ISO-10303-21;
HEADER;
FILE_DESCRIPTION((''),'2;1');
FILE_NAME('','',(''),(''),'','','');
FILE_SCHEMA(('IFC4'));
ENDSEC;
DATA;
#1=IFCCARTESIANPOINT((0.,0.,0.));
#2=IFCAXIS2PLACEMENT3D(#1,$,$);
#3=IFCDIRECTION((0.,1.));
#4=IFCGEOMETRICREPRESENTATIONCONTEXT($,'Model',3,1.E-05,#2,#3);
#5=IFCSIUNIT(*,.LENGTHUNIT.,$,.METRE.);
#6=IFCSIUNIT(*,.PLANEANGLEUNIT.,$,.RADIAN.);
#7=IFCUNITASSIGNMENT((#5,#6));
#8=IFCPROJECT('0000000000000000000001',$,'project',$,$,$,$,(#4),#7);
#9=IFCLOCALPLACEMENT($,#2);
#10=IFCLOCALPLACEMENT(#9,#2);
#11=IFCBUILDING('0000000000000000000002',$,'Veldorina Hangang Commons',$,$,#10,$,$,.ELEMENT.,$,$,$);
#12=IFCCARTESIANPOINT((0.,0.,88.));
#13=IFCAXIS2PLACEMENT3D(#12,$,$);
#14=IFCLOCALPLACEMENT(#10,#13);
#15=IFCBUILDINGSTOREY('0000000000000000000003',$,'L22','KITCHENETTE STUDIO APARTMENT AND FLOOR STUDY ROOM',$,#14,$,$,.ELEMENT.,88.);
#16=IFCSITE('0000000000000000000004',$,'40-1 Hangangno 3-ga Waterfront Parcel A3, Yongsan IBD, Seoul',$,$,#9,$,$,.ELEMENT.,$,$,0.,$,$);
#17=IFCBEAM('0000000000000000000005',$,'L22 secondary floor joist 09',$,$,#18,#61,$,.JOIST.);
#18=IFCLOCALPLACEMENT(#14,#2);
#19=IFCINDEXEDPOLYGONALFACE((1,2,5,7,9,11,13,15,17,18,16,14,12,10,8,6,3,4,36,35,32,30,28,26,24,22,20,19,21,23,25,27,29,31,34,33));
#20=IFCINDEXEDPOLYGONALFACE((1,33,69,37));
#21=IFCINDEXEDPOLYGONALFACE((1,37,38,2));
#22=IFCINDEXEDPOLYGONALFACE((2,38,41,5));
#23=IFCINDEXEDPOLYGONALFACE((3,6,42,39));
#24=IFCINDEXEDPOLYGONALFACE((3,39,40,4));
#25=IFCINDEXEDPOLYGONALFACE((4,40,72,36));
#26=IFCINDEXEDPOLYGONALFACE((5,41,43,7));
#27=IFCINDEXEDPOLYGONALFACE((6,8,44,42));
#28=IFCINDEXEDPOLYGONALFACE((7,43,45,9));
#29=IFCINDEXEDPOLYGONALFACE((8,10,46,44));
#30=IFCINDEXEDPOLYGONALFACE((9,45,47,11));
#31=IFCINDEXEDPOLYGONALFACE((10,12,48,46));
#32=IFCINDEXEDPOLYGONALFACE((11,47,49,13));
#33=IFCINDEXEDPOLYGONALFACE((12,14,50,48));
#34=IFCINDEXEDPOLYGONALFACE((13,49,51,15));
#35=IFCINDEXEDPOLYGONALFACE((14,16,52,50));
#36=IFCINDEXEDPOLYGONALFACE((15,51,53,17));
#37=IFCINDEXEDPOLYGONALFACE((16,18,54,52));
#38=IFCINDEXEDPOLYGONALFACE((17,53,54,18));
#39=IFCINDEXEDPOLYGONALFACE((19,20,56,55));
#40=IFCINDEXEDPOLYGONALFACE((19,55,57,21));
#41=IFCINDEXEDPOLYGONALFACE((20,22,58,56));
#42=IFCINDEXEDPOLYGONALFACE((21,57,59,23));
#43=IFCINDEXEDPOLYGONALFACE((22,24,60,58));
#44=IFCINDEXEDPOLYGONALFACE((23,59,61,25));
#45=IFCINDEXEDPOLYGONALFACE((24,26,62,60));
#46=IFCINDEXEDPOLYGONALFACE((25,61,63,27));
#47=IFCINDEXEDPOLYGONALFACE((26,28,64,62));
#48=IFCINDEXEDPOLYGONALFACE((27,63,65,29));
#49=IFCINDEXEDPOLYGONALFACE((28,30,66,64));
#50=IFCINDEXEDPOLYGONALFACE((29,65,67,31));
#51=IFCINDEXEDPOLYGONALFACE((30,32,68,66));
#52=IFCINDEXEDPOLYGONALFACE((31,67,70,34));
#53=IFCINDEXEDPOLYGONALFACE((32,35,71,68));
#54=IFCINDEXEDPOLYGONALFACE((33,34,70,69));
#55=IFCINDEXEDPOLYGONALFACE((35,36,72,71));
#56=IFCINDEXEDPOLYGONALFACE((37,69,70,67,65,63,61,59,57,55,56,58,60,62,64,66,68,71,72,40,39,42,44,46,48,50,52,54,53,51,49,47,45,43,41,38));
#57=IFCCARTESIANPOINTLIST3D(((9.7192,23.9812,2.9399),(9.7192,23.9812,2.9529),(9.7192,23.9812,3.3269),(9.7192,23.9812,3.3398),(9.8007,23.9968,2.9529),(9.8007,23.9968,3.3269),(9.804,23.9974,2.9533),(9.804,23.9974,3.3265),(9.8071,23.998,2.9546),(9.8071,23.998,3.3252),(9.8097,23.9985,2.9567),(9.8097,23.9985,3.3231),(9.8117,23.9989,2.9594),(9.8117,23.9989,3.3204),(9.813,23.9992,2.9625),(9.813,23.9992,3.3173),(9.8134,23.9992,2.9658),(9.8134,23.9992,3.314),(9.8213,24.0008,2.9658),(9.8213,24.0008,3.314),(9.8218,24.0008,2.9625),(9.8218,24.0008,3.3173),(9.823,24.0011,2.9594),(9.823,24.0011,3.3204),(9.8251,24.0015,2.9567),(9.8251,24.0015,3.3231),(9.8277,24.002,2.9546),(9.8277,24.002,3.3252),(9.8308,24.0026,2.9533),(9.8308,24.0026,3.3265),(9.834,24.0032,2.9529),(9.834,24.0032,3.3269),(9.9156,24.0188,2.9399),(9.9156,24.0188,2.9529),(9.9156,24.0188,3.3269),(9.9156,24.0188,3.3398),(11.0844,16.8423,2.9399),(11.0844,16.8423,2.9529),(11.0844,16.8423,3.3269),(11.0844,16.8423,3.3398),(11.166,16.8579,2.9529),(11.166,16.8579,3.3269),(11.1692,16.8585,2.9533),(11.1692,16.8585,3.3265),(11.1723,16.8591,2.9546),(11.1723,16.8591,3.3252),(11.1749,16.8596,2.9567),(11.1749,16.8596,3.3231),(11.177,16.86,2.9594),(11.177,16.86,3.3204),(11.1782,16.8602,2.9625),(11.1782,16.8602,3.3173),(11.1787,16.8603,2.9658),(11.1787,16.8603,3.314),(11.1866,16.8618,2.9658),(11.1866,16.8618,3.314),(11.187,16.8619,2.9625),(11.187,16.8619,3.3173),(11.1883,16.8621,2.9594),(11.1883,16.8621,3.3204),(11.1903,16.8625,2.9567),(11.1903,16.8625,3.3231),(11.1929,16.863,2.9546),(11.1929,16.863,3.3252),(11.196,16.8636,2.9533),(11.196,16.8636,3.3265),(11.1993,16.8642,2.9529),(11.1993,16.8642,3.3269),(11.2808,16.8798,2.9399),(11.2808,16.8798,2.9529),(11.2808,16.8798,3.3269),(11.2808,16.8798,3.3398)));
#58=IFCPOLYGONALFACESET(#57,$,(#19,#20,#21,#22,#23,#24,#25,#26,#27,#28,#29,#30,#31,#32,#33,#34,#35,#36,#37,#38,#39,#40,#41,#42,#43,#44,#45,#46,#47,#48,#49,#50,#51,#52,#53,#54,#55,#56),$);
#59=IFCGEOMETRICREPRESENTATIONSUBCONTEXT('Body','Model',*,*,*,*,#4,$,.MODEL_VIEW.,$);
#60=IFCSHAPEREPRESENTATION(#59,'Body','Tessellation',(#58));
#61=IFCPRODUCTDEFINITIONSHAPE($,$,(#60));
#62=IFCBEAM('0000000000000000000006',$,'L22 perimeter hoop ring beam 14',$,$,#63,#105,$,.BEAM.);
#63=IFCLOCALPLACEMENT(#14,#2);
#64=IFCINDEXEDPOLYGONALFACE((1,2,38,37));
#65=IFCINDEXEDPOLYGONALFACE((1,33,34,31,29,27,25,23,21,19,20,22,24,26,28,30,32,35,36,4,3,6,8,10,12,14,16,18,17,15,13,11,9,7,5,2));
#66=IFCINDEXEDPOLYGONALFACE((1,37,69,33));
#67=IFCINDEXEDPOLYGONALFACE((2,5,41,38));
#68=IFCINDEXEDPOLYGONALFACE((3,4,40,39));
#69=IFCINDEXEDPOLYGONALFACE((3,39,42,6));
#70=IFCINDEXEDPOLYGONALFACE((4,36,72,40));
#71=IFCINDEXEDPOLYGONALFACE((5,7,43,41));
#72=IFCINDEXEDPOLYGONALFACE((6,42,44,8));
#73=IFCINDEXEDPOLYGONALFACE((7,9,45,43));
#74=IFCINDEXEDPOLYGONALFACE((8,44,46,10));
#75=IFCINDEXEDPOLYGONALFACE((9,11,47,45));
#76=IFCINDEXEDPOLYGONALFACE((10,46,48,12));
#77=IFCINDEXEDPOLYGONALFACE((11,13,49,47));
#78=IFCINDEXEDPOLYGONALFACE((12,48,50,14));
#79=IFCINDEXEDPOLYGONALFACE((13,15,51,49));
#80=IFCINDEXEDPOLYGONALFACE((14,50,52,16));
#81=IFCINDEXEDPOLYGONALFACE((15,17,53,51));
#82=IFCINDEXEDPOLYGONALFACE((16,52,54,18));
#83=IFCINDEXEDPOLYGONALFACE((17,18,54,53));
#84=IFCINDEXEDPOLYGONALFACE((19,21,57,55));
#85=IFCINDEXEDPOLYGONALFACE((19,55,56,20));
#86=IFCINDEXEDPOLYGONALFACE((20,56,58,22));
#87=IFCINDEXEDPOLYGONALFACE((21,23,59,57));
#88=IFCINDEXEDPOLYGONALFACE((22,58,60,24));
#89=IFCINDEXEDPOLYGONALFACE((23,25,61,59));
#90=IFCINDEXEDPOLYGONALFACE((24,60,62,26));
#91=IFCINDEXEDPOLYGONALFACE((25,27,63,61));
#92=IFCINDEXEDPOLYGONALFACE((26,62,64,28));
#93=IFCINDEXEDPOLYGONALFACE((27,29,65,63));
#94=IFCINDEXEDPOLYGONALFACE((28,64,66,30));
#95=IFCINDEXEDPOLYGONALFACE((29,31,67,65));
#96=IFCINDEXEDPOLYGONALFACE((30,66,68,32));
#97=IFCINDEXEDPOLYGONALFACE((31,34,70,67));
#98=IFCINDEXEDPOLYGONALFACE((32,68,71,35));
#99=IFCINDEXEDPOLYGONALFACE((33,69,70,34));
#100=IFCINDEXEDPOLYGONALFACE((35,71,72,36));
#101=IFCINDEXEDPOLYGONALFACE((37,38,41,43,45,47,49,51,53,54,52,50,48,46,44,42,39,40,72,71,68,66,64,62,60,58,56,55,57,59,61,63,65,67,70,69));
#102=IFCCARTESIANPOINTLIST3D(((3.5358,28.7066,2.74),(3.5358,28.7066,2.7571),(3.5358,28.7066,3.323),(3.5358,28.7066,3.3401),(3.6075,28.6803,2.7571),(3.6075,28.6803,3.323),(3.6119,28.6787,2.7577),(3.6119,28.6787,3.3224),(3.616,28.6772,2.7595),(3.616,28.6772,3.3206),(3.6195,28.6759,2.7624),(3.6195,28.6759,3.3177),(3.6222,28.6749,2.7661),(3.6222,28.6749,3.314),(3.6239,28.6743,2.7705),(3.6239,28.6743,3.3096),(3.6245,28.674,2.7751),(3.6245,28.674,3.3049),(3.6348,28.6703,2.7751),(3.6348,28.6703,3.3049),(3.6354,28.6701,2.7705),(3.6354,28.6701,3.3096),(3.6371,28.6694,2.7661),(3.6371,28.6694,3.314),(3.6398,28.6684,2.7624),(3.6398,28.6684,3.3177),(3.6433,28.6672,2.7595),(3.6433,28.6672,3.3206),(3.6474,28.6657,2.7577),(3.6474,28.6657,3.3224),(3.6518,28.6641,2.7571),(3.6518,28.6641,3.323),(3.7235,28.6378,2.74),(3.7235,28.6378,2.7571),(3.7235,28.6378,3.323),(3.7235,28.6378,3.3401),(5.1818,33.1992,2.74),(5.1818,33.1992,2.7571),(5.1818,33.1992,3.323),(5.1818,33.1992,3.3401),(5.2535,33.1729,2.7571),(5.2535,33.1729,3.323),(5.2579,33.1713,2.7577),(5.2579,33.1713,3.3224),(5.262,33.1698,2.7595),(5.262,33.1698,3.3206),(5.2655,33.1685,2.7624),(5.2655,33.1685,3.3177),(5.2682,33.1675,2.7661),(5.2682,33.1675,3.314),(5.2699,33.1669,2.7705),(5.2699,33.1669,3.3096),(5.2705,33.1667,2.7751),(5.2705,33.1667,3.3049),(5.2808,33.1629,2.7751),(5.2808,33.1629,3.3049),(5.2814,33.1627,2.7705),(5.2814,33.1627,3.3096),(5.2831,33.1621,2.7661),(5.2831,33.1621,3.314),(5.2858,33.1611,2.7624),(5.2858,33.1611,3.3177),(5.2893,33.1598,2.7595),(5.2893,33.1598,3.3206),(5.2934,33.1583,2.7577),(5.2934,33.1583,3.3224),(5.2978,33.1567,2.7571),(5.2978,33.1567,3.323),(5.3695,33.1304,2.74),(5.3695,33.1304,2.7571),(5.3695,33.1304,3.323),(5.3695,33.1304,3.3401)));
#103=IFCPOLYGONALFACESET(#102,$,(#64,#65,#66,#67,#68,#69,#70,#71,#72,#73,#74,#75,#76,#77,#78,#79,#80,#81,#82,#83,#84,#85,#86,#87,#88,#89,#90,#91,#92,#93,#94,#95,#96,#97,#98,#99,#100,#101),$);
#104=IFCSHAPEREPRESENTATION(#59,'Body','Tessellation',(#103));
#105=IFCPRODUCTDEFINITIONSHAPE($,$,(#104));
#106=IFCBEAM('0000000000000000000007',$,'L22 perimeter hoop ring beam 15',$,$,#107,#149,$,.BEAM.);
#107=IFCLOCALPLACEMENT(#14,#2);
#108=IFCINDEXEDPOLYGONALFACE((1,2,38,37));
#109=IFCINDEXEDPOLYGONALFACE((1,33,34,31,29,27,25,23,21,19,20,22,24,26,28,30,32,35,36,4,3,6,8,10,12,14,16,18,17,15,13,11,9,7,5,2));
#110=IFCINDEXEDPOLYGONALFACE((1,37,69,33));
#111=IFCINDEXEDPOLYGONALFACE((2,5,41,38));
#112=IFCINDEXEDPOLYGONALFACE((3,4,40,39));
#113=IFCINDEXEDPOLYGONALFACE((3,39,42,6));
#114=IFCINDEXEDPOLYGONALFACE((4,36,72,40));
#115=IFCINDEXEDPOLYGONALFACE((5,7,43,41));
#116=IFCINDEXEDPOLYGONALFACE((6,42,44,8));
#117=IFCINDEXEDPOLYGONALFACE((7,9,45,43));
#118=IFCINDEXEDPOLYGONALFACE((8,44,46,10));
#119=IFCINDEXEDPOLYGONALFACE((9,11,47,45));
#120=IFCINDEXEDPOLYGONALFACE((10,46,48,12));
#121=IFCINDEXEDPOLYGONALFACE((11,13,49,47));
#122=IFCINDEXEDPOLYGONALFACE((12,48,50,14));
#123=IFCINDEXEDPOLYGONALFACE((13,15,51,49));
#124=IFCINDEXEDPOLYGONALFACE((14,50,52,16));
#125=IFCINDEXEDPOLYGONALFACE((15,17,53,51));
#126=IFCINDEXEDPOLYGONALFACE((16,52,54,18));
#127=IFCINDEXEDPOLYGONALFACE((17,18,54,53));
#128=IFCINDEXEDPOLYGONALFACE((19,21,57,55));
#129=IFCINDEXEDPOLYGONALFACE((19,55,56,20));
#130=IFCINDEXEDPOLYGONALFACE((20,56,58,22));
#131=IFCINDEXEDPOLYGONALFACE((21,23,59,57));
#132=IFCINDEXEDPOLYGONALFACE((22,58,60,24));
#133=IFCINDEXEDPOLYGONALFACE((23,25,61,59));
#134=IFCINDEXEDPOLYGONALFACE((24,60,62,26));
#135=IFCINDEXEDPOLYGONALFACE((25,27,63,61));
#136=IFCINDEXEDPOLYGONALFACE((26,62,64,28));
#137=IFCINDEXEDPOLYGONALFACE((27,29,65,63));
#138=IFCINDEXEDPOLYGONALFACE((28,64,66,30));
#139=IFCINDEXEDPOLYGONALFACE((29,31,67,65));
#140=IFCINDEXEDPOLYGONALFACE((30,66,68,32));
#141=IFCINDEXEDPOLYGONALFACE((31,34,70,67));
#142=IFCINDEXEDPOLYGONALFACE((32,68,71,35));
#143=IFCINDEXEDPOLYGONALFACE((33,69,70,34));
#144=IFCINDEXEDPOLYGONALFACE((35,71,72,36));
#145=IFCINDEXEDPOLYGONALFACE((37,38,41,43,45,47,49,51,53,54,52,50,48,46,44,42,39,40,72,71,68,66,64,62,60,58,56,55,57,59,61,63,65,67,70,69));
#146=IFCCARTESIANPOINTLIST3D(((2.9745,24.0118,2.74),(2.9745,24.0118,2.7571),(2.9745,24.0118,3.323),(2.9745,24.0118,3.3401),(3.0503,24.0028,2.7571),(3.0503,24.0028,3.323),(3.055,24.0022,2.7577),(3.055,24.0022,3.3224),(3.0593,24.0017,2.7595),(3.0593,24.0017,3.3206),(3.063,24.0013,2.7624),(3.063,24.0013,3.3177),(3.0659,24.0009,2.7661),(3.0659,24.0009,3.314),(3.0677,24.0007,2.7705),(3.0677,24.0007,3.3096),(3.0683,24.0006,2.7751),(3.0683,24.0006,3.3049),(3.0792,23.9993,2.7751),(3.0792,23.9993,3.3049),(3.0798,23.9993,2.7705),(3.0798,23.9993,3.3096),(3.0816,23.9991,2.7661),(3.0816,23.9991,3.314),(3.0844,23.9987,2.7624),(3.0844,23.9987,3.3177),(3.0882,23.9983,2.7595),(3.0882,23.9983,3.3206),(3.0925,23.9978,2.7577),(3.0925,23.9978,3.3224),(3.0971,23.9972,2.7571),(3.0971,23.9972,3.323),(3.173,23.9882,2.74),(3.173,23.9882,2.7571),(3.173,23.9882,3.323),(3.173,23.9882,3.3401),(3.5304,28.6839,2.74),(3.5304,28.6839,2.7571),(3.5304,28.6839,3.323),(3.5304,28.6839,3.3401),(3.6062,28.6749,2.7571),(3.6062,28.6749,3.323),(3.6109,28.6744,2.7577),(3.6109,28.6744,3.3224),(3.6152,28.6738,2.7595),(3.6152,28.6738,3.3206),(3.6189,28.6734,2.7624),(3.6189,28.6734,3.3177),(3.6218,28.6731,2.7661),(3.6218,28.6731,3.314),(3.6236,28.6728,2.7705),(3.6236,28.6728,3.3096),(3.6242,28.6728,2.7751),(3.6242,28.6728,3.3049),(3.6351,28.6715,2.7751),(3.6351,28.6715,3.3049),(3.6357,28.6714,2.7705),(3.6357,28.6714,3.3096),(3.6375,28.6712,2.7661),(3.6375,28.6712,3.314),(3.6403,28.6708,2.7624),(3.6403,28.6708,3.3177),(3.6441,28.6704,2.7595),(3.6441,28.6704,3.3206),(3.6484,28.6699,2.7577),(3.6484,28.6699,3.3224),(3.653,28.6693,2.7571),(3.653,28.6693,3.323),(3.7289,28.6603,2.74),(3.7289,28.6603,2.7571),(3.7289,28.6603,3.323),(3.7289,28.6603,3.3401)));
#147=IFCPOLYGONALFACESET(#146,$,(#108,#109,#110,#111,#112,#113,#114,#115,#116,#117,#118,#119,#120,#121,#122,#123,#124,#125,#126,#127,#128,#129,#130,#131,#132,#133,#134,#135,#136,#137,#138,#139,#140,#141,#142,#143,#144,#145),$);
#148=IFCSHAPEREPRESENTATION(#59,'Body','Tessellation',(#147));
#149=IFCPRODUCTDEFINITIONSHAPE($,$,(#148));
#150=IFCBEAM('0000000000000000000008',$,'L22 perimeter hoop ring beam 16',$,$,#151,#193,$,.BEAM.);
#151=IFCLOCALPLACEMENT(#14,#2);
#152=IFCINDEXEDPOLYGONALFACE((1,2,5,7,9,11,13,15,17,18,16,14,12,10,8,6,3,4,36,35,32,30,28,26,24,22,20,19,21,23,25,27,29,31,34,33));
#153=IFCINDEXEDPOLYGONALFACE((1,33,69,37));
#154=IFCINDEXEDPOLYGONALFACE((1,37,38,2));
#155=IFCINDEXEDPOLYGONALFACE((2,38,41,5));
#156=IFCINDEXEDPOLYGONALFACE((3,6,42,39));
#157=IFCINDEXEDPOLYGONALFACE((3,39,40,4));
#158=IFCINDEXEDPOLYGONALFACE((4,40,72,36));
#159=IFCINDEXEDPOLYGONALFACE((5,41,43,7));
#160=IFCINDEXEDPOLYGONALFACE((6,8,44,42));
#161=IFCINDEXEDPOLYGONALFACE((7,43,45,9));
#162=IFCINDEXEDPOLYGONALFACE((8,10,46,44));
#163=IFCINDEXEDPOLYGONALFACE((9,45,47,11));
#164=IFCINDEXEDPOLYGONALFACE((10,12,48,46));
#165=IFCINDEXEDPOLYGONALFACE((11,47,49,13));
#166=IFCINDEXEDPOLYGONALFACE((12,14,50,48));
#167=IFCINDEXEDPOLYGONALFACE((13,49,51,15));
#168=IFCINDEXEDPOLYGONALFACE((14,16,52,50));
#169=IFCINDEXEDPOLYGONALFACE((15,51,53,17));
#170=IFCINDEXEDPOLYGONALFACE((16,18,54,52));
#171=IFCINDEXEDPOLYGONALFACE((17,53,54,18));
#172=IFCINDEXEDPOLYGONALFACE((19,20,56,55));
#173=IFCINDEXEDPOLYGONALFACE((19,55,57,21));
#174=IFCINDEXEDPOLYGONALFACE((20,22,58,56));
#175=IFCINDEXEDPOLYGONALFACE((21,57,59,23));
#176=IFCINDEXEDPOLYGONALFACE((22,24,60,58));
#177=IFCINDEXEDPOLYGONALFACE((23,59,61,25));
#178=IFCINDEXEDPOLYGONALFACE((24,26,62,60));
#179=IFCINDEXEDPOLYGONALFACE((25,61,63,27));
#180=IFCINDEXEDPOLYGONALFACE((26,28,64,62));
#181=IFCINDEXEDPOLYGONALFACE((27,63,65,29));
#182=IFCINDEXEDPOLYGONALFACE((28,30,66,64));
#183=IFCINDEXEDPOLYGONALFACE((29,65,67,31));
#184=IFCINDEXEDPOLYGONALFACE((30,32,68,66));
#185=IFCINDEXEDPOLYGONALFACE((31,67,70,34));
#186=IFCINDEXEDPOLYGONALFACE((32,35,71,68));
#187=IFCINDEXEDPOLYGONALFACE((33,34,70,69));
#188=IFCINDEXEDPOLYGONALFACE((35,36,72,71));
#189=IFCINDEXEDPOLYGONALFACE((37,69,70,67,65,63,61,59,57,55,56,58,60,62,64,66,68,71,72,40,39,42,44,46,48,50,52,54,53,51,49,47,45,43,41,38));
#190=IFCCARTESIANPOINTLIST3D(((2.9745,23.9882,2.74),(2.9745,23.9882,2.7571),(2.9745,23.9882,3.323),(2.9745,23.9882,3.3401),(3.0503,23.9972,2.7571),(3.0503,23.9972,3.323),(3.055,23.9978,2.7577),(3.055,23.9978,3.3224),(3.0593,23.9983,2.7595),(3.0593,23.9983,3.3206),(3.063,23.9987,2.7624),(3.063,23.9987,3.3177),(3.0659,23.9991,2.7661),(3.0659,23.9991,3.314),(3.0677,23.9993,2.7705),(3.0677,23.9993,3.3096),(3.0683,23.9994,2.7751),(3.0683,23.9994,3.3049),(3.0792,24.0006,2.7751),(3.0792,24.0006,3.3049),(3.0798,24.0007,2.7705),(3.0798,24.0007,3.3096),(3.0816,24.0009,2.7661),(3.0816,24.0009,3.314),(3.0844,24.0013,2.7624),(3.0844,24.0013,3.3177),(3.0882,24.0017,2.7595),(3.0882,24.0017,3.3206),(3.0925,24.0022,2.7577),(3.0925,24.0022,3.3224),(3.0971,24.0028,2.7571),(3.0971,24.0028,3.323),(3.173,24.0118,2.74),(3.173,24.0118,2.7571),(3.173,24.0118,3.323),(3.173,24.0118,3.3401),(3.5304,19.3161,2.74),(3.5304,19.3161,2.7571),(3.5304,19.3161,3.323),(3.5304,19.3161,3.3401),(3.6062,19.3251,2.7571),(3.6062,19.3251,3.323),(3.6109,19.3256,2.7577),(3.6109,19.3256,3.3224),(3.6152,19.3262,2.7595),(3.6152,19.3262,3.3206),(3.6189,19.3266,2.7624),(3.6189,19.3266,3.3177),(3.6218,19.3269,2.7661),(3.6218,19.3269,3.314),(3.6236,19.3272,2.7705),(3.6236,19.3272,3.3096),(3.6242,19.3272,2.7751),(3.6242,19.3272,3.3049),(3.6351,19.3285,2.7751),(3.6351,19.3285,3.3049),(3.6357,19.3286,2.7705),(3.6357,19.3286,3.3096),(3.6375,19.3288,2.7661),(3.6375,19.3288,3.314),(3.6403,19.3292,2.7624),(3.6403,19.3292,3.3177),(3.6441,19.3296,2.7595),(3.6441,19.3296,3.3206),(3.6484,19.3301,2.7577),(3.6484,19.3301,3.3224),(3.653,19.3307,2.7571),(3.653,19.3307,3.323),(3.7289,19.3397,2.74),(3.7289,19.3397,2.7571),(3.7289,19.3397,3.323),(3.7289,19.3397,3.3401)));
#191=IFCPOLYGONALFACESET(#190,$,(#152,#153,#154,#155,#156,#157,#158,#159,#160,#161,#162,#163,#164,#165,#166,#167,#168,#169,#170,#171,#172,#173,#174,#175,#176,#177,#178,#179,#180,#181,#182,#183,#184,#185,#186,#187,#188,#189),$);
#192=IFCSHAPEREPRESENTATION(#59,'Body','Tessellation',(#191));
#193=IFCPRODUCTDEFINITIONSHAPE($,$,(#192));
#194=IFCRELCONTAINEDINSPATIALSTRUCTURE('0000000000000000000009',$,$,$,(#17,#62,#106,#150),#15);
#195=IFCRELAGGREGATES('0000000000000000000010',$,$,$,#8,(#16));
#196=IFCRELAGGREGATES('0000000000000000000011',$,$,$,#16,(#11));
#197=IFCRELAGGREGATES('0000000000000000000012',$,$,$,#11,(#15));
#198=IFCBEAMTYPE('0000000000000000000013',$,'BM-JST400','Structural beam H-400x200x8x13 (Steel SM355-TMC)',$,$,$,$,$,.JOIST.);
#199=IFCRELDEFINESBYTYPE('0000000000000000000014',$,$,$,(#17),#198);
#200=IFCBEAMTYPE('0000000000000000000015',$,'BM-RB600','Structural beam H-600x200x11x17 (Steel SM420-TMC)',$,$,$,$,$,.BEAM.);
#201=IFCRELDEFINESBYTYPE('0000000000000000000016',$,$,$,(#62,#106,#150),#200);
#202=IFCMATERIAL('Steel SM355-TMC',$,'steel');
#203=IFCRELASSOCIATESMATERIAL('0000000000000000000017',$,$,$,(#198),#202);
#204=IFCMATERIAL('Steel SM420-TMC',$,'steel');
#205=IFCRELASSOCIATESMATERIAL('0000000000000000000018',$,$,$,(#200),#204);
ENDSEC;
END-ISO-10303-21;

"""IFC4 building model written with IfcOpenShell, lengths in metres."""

from ifc_helpers import new_model, si_unit, direction, frame, origin, origin_2d, place, context, subcontext, project, spatial, i_section, extrude, material, material_profile, profile_set, type_object, element, save


model = new_model("IFC4")

# Units and contexts
model_context = context("Model", 3, precision=1e-05, world=origin(), true_north=direction((0.0, 1.0)))
body_context = subcontext(model_context, "Body", "Model", "MODEL_VIEW")
ifc_project = project(units=[si_unit("LENGTHUNIT", "METRE"), si_unit("PLANEANGLEUNIT", "RADIAN")], contexts=[model_context])

# Site, building, storey
site_placement = place(None, origin())
site = spatial("IfcSite", under=ifc_project, at=site_placement, Name="40-1 Hangangno 3-ga Waterfront Parcel A3, Yongsan IBD, Seoul", CompositionType="ELEMENT", RefElevation=0.0)
building_placement = place(site_placement, origin())
building = spatial("IfcBuilding", under=site, at=building_placement, Name="Veldorina Hangang Commons", CompositionType="ELEMENT")
storey_placement = place(building_placement, frame((0.0, 0.0, 88.0)))
storey = spatial("IfcBuildingStorey", under=building, at=storey_placement, Name="L22", Description="KITCHENETTE STUDIO APARTMENT AND FLOOR STUDY ROOM", CompositionType="ELEMENT", Elevation=88.0)

# Beams
ifc_material_1 = material(Name="Steel SM355-TMC", Category="steel")
ifc_material_profile_1 = material_profile(ifc_material_1, i_section(OverallWidth=0.2, OverallDepth=0.3999, WebThickness=0.0081, FlangeThickness=0.0129, FilletRadius=0.0129, at=origin_2d()), Name="H-400x200x8x13")
ifc_profile_set_1 = profile_set([ifc_material_profile_1], Name="Steel SM355-TMC")
beam_type_1 = type_object("IfcBeamType", Name="BM-JST400", Description="Structural beam H-400x200x8x13 (Steel SM355-TMC)", PredefinedType="JOIST", material=ifc_profile_set_1)
beam_1_placement = place(storey_placement, frame((9.8174, 24.0, 3.1399), z_axis=(0.187834, -0.982201, 0.0), x_axis=(0.982201, 0.187834, 0.0)))
element("IfcBeam", 1, at=beam_1_placement, inside=storey, type_object=beam_type_1, Name="L22 secondary floor joist 09", PredefinedType="JOIST", context=body_context, shape_type="SweptSolid", body=[
    extrude(i_section(OverallWidth=0.2, OverallDepth=0.3999, WebThickness=0.0081, FlangeThickness=0.0129, FilletRadius=0.0129, at=origin_2d()), origin(), (0.0, 0.0, 1.0), 7.2683),
])
ifc_material_2 = material(Name="Steel SM420-TMC", Category="steel")
ifc_material_profile_2 = material_profile(ifc_material_2, i_section(OverallWidth=0.2, OverallDepth=0.6001, WebThickness=0.011, FlangeThickness=0.0171, FilletRadius=0.0181, at=origin_2d()), Name="H-600x200x11x17")
ifc_profile_set_2 = profile_set([ifc_material_profile_2], Name="Steel SM420-TMC")
beam_type_2 = type_object("IfcBeamType", Name="BM-RB600", Description="Structural beam H-600x200x11x17 (Steel SM420-TMC)", PredefinedType="BEAM", material=ifc_profile_set_2)
beam_2_placement = place(storey_placement, frame((5.2756, 33.1648, 3.04), z_axis=(-0.344012, -0.938965, 0.0), x_axis=(0.938965, -0.344012, 0.0)))
element("IfcBeam", 2, at=beam_2_placement, inside=storey, type_object=beam_type_2, Name="L22 perimeter hoop ring beam 14", PredefinedType="BEAM", context=body_context, shape_type="SweptSolid", body=[
    extrude(i_section(OverallWidth=0.2, OverallDepth=0.6001, WebThickness=0.011, FlangeThickness=0.0171, FilletRadius=0.0181, at=origin_2d()), origin(), (0.0, 0.0, 1.0), 4.7847),
])
for number, where, z_axis, x_axis, name in (
    (3, (3.6296, 28.6721, 3.04), (-0.118151, -0.992996, 0.0), (0.992996, -0.118151, 0.0), "L22 perimeter hoop ring beam 15"),
    (4, (3.0737, 24.0, 3.04), (0.118151, -0.992996, 0.0), (0.992996, 0.118151, 0.0), "L22 perimeter hoop ring beam 16"),
):
    element("IfcBeam", number, at=place(storey_placement, frame(where, z_axis=z_axis, x_axis=x_axis)), inside=storey, type_object=beam_type_2, Name=name, PredefinedType="BEAM", context=body_context, shape_type="SweptSolid", body=[
        extrude(i_section(OverallWidth=0.2, OverallDepth=0.6001, WebThickness=0.011, FlangeThickness=0.0171, FilletRadius=0.0181, at=origin_2d()), origin(), (0.0, 0.0, 1.0), 4.7051),
    ])

save(model, "model.ifc")
